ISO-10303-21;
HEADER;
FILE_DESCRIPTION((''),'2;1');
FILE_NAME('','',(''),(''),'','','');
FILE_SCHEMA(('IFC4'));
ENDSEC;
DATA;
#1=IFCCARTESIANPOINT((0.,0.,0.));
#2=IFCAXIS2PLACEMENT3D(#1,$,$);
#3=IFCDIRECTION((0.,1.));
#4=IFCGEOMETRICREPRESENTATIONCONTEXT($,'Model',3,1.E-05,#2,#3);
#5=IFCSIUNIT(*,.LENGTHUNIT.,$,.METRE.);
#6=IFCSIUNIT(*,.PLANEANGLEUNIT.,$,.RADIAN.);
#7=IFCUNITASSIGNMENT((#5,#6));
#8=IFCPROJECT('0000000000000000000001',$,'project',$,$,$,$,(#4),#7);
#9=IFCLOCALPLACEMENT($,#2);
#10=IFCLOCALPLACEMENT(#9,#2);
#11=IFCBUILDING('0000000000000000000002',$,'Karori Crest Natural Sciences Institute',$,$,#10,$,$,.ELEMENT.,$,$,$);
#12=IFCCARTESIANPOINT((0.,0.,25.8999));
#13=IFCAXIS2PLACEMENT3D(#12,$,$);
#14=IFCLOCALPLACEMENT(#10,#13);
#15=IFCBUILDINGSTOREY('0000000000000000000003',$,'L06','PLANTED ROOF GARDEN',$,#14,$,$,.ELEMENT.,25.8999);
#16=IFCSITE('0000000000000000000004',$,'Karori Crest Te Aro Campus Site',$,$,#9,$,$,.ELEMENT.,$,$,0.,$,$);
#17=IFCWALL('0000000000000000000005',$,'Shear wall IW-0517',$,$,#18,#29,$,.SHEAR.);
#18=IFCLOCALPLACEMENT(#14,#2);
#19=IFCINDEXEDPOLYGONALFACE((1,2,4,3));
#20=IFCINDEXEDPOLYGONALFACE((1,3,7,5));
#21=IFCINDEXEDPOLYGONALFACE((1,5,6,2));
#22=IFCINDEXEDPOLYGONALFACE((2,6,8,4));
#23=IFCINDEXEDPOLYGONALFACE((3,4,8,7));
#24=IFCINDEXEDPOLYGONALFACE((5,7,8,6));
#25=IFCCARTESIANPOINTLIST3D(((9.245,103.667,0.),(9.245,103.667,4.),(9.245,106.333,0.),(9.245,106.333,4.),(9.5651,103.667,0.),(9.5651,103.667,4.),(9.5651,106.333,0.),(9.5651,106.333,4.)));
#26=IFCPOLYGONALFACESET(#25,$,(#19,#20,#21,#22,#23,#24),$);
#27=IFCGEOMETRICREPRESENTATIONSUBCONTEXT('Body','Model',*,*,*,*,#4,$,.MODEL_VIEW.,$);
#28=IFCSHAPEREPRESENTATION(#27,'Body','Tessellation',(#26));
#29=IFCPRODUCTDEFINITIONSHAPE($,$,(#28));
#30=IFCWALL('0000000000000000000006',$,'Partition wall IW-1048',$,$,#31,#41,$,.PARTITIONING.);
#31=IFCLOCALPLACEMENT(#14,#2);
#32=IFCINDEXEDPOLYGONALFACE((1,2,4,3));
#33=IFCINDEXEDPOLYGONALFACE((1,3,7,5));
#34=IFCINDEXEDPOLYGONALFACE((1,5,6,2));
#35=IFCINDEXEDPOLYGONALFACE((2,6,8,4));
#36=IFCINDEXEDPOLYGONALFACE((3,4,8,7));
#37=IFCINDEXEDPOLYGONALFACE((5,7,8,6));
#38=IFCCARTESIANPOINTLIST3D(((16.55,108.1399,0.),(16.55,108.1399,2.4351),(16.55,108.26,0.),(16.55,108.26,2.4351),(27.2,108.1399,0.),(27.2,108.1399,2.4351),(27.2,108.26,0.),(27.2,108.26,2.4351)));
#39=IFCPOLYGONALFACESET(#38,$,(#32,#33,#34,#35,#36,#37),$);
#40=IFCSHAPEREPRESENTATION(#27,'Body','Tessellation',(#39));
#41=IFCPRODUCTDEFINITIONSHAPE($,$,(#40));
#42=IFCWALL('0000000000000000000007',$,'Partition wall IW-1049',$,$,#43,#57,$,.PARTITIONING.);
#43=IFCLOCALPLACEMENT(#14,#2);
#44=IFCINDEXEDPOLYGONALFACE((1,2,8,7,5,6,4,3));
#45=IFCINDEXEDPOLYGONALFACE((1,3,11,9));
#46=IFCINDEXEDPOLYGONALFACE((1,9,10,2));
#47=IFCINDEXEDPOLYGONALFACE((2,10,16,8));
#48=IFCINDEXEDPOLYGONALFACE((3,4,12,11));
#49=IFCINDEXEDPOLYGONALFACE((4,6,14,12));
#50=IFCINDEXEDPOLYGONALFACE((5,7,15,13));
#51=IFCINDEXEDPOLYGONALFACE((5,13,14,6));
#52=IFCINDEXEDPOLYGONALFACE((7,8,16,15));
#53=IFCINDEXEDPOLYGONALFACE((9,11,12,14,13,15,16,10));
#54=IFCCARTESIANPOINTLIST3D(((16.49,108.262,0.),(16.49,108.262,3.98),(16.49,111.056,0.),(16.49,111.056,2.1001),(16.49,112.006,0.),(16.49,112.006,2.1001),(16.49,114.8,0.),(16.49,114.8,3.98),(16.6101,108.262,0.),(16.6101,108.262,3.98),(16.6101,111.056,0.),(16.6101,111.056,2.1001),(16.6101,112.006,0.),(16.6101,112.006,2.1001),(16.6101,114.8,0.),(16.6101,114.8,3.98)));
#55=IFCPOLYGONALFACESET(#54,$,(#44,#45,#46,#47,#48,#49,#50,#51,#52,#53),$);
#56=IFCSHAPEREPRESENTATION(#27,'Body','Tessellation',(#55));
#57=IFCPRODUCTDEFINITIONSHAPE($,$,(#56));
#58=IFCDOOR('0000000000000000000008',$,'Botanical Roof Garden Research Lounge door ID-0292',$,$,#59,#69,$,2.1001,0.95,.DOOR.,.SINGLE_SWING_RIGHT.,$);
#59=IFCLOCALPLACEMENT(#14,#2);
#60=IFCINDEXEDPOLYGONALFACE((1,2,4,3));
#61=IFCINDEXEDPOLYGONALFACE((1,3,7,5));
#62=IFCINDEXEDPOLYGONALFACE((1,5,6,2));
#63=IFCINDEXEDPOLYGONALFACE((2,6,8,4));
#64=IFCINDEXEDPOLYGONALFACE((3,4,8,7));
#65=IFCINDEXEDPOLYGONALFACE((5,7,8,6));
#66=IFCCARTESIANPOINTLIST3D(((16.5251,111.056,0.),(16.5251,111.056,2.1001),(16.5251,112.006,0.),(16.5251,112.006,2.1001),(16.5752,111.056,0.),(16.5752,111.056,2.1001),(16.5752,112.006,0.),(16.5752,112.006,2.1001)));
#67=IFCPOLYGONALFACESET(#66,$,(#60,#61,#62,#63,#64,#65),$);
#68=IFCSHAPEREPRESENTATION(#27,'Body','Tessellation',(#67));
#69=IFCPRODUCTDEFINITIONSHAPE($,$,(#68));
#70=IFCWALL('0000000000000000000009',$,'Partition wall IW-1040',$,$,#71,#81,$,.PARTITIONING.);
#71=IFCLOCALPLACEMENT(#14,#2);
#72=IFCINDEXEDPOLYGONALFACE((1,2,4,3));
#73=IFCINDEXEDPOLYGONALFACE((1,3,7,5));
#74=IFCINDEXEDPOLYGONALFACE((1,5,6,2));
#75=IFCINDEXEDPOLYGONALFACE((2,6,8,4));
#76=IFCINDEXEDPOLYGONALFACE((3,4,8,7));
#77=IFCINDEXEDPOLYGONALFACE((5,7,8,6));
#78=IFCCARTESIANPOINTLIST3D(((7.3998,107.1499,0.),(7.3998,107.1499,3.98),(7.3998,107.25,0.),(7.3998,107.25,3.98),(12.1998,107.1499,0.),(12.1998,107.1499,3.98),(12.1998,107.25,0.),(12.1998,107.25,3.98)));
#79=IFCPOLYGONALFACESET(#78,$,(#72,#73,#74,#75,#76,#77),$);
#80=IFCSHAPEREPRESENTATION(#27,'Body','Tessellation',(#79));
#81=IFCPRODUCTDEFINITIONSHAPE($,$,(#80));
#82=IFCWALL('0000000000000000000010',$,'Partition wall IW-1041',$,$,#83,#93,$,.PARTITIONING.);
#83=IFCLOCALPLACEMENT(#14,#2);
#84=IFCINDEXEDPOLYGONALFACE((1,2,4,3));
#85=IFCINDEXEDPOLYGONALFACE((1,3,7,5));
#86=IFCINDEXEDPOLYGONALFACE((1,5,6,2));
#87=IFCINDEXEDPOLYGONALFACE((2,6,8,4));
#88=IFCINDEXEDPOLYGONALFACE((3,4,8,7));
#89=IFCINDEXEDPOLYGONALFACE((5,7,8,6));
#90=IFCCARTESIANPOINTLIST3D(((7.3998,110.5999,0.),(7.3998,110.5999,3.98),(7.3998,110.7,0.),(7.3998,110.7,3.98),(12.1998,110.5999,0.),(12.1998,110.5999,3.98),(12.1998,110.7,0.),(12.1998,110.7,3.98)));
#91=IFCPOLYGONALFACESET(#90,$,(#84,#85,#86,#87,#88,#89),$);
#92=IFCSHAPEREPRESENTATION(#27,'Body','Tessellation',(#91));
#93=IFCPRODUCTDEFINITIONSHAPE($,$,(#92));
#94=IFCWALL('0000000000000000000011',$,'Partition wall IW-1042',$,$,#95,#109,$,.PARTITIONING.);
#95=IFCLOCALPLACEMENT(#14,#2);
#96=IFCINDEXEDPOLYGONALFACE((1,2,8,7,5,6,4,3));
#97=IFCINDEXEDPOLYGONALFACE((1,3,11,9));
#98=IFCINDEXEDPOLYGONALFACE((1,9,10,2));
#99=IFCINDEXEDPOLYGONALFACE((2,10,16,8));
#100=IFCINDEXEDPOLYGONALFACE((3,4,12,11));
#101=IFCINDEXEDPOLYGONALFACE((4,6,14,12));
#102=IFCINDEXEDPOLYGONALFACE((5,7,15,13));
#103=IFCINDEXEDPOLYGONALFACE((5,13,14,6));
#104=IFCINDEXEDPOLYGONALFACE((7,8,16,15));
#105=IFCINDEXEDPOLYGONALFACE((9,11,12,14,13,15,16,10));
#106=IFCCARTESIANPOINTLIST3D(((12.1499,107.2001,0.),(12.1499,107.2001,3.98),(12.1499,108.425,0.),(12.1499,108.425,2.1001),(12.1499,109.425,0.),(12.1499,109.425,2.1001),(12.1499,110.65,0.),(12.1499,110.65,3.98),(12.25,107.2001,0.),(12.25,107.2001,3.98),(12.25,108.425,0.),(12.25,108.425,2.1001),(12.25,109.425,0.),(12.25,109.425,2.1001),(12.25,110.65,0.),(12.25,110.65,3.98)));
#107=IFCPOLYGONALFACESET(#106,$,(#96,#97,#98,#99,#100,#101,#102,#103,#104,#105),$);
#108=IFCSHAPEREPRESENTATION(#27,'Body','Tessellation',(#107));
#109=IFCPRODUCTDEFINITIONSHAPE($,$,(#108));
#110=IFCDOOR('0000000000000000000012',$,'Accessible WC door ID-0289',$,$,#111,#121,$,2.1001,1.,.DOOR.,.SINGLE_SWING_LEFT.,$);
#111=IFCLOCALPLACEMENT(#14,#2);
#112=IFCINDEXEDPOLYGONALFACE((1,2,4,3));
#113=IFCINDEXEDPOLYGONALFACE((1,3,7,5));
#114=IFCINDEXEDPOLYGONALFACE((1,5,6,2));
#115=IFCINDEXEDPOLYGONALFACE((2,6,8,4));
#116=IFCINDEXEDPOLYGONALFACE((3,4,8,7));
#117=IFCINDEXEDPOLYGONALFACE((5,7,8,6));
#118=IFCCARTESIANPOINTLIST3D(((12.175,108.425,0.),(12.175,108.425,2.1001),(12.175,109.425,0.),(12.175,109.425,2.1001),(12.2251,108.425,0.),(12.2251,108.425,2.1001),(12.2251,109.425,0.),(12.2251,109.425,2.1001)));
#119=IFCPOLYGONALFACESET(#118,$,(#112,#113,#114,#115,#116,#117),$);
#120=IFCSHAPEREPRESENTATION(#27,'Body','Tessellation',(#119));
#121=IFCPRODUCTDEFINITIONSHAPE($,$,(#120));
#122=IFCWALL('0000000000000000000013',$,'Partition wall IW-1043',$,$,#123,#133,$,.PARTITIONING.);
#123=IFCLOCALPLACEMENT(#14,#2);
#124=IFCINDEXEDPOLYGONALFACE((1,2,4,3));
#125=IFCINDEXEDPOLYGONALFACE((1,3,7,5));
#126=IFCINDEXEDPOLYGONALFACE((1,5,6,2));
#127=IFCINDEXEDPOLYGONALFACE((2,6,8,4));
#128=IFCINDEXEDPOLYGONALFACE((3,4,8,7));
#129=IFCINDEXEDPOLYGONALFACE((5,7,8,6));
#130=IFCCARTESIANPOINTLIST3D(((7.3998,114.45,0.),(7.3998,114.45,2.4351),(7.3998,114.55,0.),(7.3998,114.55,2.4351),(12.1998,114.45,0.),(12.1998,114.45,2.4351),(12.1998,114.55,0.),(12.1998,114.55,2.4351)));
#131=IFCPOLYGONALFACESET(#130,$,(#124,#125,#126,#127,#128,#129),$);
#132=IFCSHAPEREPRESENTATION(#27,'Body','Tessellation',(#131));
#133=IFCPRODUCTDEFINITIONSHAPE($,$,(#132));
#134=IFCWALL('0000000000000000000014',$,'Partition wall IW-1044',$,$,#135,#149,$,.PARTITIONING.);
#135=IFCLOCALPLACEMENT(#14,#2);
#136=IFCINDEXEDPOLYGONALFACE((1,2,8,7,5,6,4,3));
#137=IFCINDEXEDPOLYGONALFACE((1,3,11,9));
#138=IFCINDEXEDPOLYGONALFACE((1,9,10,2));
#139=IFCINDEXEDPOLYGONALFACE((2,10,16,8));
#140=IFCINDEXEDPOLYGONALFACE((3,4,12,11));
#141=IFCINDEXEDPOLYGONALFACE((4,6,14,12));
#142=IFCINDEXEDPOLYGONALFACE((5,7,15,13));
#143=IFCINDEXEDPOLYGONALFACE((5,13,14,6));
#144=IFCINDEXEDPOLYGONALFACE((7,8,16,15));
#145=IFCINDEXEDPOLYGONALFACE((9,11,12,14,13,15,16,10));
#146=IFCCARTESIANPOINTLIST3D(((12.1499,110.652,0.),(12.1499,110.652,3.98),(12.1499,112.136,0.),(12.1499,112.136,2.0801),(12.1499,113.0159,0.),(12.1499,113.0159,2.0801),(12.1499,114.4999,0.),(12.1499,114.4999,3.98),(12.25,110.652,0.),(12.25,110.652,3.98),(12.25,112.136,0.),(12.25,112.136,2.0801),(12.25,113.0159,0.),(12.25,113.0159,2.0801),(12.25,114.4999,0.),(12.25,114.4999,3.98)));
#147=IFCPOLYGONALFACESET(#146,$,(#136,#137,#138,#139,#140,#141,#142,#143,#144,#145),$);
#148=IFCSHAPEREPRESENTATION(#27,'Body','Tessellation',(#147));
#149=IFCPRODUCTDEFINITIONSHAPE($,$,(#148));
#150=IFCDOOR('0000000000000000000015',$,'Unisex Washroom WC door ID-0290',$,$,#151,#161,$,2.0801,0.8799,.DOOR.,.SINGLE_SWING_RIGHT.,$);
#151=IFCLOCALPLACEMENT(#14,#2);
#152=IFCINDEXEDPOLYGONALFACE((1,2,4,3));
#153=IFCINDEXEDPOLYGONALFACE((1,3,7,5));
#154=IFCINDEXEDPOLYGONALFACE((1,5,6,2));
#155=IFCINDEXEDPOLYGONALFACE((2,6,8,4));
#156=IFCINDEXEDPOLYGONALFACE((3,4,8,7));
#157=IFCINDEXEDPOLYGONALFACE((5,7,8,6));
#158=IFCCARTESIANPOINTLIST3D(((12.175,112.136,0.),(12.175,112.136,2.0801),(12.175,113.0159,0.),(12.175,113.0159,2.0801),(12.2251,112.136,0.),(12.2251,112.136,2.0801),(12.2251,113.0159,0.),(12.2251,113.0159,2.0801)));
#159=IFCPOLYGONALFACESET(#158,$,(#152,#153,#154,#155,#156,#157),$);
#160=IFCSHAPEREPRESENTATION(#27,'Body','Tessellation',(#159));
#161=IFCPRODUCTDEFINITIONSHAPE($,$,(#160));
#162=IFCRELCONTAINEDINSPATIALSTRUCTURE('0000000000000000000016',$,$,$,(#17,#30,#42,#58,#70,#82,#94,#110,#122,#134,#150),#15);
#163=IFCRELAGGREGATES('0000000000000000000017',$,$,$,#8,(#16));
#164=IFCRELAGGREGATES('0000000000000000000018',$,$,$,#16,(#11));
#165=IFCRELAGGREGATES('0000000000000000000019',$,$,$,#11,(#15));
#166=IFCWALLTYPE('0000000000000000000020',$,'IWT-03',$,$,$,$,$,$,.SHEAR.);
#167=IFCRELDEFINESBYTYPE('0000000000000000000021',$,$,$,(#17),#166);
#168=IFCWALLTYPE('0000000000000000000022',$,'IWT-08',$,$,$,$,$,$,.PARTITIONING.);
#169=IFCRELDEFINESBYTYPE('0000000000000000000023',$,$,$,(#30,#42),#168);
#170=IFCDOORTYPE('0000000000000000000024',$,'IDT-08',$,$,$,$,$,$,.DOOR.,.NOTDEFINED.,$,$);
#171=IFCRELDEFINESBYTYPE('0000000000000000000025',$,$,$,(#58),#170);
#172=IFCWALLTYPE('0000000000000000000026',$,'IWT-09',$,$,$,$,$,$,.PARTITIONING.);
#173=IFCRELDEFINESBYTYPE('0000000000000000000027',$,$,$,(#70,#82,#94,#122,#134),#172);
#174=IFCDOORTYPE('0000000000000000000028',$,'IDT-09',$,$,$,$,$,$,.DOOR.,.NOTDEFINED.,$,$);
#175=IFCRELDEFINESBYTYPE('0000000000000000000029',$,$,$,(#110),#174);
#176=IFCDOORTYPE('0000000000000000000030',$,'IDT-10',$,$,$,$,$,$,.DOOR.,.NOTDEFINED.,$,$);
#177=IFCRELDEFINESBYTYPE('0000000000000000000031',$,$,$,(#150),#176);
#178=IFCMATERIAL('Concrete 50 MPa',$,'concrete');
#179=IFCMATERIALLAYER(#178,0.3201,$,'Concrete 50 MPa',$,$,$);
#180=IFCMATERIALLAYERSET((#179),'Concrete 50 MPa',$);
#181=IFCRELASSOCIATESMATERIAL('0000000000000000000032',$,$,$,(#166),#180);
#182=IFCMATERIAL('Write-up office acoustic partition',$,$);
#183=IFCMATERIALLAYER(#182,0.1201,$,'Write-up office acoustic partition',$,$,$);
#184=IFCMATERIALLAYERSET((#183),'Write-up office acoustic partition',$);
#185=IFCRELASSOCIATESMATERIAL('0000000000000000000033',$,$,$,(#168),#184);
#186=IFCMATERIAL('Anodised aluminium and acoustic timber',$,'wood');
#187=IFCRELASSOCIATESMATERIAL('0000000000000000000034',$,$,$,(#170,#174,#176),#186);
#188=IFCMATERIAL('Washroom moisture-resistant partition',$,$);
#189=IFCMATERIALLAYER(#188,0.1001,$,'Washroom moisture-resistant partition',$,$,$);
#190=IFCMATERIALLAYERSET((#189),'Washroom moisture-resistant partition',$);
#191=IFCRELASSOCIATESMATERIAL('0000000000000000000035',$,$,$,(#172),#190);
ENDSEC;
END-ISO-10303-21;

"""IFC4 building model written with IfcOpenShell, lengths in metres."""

from ifc_helpers import new_model, si_unit, direction, frame, frame_2d, origin, place, context, subcontext, project, spatial, rectangle, extrude, material, layer, layer_set, type_object, element, fill, save


model = new_model("IFC4")

# Units and contexts
model_context = context("Model", 3, precision=1e-05, world=origin(), true_north=direction((0.0, 1.0)))
body_context = subcontext(model_context, "Body", "Model", "MODEL_VIEW")
ifc_project = project(units=[si_unit("LENGTHUNIT", "METRE"), si_unit("PLANEANGLEUNIT", "RADIAN")], contexts=[model_context])

# Site, building, storey
site_placement = place(None, origin())
site = spatial("IfcSite", under=ifc_project, at=site_placement, Name="Karori Crest Te Aro Campus Site", CompositionType="ELEMENT", RefElevation=0.0)
building_placement = place(site_placement, origin())
building = spatial("IfcBuilding", under=site, at=building_placement, Name="Karori Crest Natural Sciences Institute", CompositionType="ELEMENT")
storey_placement = place(building_placement, frame((0.0, 0.0, 25.8999)))
storey = spatial("IfcBuildingStorey", under=building, at=storey_placement, Name="L06", Description="PLANTED ROOF GARDEN", CompositionType="ELEMENT", Elevation=25.8999)

# Shared definitions
ifc_material_1 = material(Name="Concrete 50 MPa", Category="concrete")

# Wall
ifc_layer_1 = layer(ifc_material_1, 0.3201, Name="Concrete 50 MPa")
ifc_layer_set_1 = layer_set([ifc_layer_1], Name="Concrete 50 MPa")
wall_type_1 = type_object("IfcWallType", Name="IWT-03", PredefinedType="SHEAR", material=ifc_layer_set_1)
wall_1_placement = place(storey_placement, frame((9.405, 103.667, 0.0), z_axis=(0.0, 0.0, 1.0), x_axis=(0.0, 1.0, 0.0)))
element("IfcWall", 1, at=wall_1_placement, inside=storey, type_object=wall_type_1, Name="Shear wall IW-0517", PredefinedType="SHEAR", context=body_context, shape_type="SweptSolid", body=[
    extrude(rectangle(XDim=2.666, YDim=0.3201, at=frame_2d((1.333, 0.0))), origin(), (0.0, 0.0, 1.0), 4.0),
])

# Wall
ifc_material_2 = material(Name="Write-up office acoustic partition")
ifc_layer_2 = layer(ifc_material_2, 0.1201, Name="Write-up office acoustic partition")
ifc_layer_set_2 = layer_set([ifc_layer_2], Name="Write-up office acoustic partition")
wall_type_2 = type_object("IfcWallType", Name="IWT-08", PredefinedType="PARTITIONING", material=ifc_layer_set_2)
wall_2_placement = place(storey_placement, frame((16.55, 108.2, 0.0), z_axis=(0.0, 0.0, 1.0), x_axis=(1.0, 0.0, 0.0)))
element("IfcWall", 2, at=wall_2_placement, inside=storey, type_object=wall_type_2, Name="Partition wall IW-1048", PredefinedType="PARTITIONING", context=body_context, shape_type="SweptSolid", body=[
    extrude(rectangle(XDim=10.6499, YDim=0.1201, at=frame_2d((5.325, 0.0))), origin(), (0.0, 0.0, 1.0), 2.4351),
])

# Wall, opening, door
wall_3_placement = place(storey_placement, frame((16.55, 108.262, 0.0), z_axis=(0.0, 0.0, 1.0), x_axis=(0.0, 1.0, 0.0)))
wall_3 = element("IfcWall", 3, at=wall_3_placement, inside=storey, type_object=wall_type_2, Name="Partition wall IW-1049", PredefinedType="PARTITIONING", context=body_context, shape_type="SweptSolid", body=[
    extrude(rectangle(XDim=6.5381, YDim=0.1201, at=frame_2d((3.269, 0.0))), origin(), (0.0, 0.0, 1.0), 3.98),
])
opening_1_placement = place(wall_3_placement, frame((2.7939, 0.0, 0.0)))
opening_1 = element("IfcOpeningElement", 4, at=opening_1_placement, cuts=wall_3, PredefinedType="OPENING", context=body_context, shape_type="SweptSolid", body=[
    extrude(rectangle(XDim=0.95, YDim=2.1001, at=frame_2d((0.4751, 1.05))), frame((0.0, 0.0701, 0.0), z_axis=(0.0, -1.0, 0.0), x_axis=(1.0, 0.0, 0.0)), (0.0, 0.0, 1.0), 0.1401),
])
ifc_material_3 = material(Name="Anodised aluminium and acoustic timber", Category="wood")
door_type_1 = type_object("IfcDoorType", Name="IDT-08", OperationType="NOTDEFINED", PredefinedType="DOOR", material=ifc_material_3)
door_1_placement = place(opening_1_placement, origin())
door_1 = element("IfcDoor", 5, at=door_1_placement, inside=storey, type_object=door_type_1, Name="Botanical Roof Garden Research Lounge door ID-0292", OperationType="SINGLE_SWING_RIGHT", OverallHeight=2.1001, OverallWidth=0.95, PredefinedType="DOOR", context=body_context, shape_type="SweptSolid", body=[
    extrude(rectangle(XDim=0.95, YDim=2.1001, at=frame_2d((0.4751, 1.05))), frame((0.0, 0.0249, 0.0), z_axis=(0.0, -1.0, 0.0), x_axis=(1.0, 0.0, 0.0)), (0.0, 0.0, 1.0), 0.05),
])
fill(opening_1, door_1)

# Walls
ifc_material_4 = material(Name="Washroom moisture-resistant partition")
ifc_layer_3 = layer(ifc_material_4, 0.1001, Name="Washroom moisture-resistant partition")
ifc_layer_set_3 = layer_set([ifc_layer_3], Name="Washroom moisture-resistant partition")
wall_type_3 = type_object("IfcWallType", Name="IWT-09", PredefinedType="PARTITIONING", material=ifc_layer_set_3)
for number, where, z_axis, x_axis, name in (
    (6, (7.3999, 107.2, 0.0), (0.0, 0.0, 1.0), (1.0, 0.0, 0.0), "Partition wall IW-1040"),
    (7, (7.3999, 110.6499, 0.0), (0.0, 0.0, 1.0), (1.0, 0.0, 0.0), "Partition wall IW-1041"),
):
    element("IfcWall", number, at=place(storey_placement, frame(where, z_axis=z_axis, x_axis=x_axis)), inside=storey, type_object=wall_type_3, Name=name, PredefinedType="PARTITIONING", context=body_context, shape_type="SweptSolid", body=[
        extrude(rectangle(XDim=4.8, YDim=0.1001, at=frame_2d((2.3999, 0.0))), origin(), (0.0, 0.0, 1.0), 3.98),
    ])

# Wall, opening, door
wall_4_placement = place(storey_placement, frame((12.2, 107.2, 0.0), z_axis=(0.0, 0.0, 1.0), x_axis=(0.0, 1.0, 0.0)))
wall_4 = element("IfcWall", 8, at=wall_4_placement, inside=storey, type_object=wall_type_3, Name="Partition wall IW-1042", PredefinedType="PARTITIONING", context=body_context, shape_type="SweptSolid", body=[
    extrude(rectangle(XDim=3.45, YDim=0.1001, at=frame_2d((1.7251, 0.0))), origin(), (0.0, 0.0, 1.0), 3.98),
])
opening_2_placement = place(wall_4_placement, frame((1.2251, 0.0, 0.0)))
opening_2 = element("IfcOpeningElement", 9, at=opening_2_placement, cuts=wall_4, PredefinedType="OPENING", context=body_context, shape_type="SweptSolid", body=[
    extrude(rectangle(XDim=1.0, YDim=2.1001, at=frame_2d((0.5, 1.05))), frame((0.0, 0.0601, 0.0), z_axis=(0.0, -1.0, 0.0), x_axis=(1.0, 0.0, 0.0)), (0.0, 0.0, 1.0), 0.1201),
])
door_type_2 = type_object("IfcDoorType", Name="IDT-09", OperationType="NOTDEFINED", PredefinedType="DOOR", material=ifc_material_3)
door_2_placement = place(opening_2_placement, origin())
door_2 = element("IfcDoor", 10, at=door_2_placement, inside=storey, type_object=door_type_2, Name="Accessible WC door ID-0289", OperationType="SINGLE_SWING_LEFT", OverallHeight=2.1001, OverallWidth=1.0, PredefinedType="DOOR", context=body_context, shape_type="SweptSolid", body=[
    extrude(rectangle(XDim=1.0, YDim=2.1001, at=frame_2d((0.5, 1.05))), frame((0.0, 0.0249, 0.0), z_axis=(0.0, -1.0, 0.0), x_axis=(1.0, 0.0, 0.0)), (0.0, 0.0, 1.0), 0.05),
])
fill(opening_2, door_2)

# Wall
wall_5_placement = place(storey_placement, frame((7.3999, 114.5, 0.0), z_axis=(0.0, 0.0, 1.0), x_axis=(1.0, 0.0, 0.0)))
element("IfcWall", 11, at=wall_5_placement, inside=storey, type_object=wall_type_3, Name="Partition wall IW-1043", PredefinedType="PARTITIONING", context=body_context, shape_type="SweptSolid", body=[
    extrude(rectangle(XDim=4.8, YDim=0.1001, at=frame_2d((2.3999, 0.0))), origin(), (0.0, 0.0, 1.0), 2.4351),
])

# Wall, opening, door
wall_6_placement = place(storey_placement, frame((12.2, 110.6521, 0.0), z_axis=(0.0, 0.0, 1.0), x_axis=(0.0, 1.0, 0.0)))
wall_6 = element("IfcWall", 12, at=wall_6_placement, inside=storey, type_object=wall_type_3, Name="Partition wall IW-1044", PredefinedType="PARTITIONING", context=body_context, shape_type="SweptSolid", body=[
    extrude(rectangle(XDim=3.8479, YDim=0.1001, at=frame_2d((1.9238, 0.0))), origin(), (0.0, 0.0, 1.0), 3.98),
])
opening_3_placement = place(wall_6_placement, frame((1.4839, 0.0, 0.0)))
opening_3 = element("IfcOpeningElement", 13, at=opening_3_placement, cuts=wall_6, PredefinedType="OPENING", context=body_context, shape_type="SweptSolid", body=[
    extrude(rectangle(XDim=0.8799, YDim=2.0801, at=frame_2d((0.4399, 1.04))), frame((0.0, 0.0601, 0.0), z_axis=(0.0, -1.0, 0.0), x_axis=(1.0, 0.0, 0.0)), (0.0, 0.0, 1.0), 0.1201),
])
door_type_3 = type_object("IfcDoorType", Name="IDT-10", OperationType="NOTDEFINED", PredefinedType="DOOR", material=ifc_material_3)
door_3_placement = place(opening_3_placement, origin())
door_3 = element("IfcDoor", 14, at=door_3_placement, inside=storey, type_object=door_type_3, Name="Unisex Washroom WC door ID-0290", OperationType="SINGLE_SWING_RIGHT", OverallHeight=2.0801, OverallWidth=0.8799, PredefinedType="DOOR", context=body_context, shape_type="SweptSolid", body=[
    extrude(rectangle(XDim=0.8799, YDim=2.0801, at=frame_2d((0.4399, 1.04))), frame((0.0, 0.0249, 0.0), z_axis=(0.0, -1.0, 0.0), x_axis=(1.0, 0.0, 0.0)), (0.0, 0.0, 1.0), 0.05),
])
fill(opening_3, door_3)

save(model, "model.ifc")
